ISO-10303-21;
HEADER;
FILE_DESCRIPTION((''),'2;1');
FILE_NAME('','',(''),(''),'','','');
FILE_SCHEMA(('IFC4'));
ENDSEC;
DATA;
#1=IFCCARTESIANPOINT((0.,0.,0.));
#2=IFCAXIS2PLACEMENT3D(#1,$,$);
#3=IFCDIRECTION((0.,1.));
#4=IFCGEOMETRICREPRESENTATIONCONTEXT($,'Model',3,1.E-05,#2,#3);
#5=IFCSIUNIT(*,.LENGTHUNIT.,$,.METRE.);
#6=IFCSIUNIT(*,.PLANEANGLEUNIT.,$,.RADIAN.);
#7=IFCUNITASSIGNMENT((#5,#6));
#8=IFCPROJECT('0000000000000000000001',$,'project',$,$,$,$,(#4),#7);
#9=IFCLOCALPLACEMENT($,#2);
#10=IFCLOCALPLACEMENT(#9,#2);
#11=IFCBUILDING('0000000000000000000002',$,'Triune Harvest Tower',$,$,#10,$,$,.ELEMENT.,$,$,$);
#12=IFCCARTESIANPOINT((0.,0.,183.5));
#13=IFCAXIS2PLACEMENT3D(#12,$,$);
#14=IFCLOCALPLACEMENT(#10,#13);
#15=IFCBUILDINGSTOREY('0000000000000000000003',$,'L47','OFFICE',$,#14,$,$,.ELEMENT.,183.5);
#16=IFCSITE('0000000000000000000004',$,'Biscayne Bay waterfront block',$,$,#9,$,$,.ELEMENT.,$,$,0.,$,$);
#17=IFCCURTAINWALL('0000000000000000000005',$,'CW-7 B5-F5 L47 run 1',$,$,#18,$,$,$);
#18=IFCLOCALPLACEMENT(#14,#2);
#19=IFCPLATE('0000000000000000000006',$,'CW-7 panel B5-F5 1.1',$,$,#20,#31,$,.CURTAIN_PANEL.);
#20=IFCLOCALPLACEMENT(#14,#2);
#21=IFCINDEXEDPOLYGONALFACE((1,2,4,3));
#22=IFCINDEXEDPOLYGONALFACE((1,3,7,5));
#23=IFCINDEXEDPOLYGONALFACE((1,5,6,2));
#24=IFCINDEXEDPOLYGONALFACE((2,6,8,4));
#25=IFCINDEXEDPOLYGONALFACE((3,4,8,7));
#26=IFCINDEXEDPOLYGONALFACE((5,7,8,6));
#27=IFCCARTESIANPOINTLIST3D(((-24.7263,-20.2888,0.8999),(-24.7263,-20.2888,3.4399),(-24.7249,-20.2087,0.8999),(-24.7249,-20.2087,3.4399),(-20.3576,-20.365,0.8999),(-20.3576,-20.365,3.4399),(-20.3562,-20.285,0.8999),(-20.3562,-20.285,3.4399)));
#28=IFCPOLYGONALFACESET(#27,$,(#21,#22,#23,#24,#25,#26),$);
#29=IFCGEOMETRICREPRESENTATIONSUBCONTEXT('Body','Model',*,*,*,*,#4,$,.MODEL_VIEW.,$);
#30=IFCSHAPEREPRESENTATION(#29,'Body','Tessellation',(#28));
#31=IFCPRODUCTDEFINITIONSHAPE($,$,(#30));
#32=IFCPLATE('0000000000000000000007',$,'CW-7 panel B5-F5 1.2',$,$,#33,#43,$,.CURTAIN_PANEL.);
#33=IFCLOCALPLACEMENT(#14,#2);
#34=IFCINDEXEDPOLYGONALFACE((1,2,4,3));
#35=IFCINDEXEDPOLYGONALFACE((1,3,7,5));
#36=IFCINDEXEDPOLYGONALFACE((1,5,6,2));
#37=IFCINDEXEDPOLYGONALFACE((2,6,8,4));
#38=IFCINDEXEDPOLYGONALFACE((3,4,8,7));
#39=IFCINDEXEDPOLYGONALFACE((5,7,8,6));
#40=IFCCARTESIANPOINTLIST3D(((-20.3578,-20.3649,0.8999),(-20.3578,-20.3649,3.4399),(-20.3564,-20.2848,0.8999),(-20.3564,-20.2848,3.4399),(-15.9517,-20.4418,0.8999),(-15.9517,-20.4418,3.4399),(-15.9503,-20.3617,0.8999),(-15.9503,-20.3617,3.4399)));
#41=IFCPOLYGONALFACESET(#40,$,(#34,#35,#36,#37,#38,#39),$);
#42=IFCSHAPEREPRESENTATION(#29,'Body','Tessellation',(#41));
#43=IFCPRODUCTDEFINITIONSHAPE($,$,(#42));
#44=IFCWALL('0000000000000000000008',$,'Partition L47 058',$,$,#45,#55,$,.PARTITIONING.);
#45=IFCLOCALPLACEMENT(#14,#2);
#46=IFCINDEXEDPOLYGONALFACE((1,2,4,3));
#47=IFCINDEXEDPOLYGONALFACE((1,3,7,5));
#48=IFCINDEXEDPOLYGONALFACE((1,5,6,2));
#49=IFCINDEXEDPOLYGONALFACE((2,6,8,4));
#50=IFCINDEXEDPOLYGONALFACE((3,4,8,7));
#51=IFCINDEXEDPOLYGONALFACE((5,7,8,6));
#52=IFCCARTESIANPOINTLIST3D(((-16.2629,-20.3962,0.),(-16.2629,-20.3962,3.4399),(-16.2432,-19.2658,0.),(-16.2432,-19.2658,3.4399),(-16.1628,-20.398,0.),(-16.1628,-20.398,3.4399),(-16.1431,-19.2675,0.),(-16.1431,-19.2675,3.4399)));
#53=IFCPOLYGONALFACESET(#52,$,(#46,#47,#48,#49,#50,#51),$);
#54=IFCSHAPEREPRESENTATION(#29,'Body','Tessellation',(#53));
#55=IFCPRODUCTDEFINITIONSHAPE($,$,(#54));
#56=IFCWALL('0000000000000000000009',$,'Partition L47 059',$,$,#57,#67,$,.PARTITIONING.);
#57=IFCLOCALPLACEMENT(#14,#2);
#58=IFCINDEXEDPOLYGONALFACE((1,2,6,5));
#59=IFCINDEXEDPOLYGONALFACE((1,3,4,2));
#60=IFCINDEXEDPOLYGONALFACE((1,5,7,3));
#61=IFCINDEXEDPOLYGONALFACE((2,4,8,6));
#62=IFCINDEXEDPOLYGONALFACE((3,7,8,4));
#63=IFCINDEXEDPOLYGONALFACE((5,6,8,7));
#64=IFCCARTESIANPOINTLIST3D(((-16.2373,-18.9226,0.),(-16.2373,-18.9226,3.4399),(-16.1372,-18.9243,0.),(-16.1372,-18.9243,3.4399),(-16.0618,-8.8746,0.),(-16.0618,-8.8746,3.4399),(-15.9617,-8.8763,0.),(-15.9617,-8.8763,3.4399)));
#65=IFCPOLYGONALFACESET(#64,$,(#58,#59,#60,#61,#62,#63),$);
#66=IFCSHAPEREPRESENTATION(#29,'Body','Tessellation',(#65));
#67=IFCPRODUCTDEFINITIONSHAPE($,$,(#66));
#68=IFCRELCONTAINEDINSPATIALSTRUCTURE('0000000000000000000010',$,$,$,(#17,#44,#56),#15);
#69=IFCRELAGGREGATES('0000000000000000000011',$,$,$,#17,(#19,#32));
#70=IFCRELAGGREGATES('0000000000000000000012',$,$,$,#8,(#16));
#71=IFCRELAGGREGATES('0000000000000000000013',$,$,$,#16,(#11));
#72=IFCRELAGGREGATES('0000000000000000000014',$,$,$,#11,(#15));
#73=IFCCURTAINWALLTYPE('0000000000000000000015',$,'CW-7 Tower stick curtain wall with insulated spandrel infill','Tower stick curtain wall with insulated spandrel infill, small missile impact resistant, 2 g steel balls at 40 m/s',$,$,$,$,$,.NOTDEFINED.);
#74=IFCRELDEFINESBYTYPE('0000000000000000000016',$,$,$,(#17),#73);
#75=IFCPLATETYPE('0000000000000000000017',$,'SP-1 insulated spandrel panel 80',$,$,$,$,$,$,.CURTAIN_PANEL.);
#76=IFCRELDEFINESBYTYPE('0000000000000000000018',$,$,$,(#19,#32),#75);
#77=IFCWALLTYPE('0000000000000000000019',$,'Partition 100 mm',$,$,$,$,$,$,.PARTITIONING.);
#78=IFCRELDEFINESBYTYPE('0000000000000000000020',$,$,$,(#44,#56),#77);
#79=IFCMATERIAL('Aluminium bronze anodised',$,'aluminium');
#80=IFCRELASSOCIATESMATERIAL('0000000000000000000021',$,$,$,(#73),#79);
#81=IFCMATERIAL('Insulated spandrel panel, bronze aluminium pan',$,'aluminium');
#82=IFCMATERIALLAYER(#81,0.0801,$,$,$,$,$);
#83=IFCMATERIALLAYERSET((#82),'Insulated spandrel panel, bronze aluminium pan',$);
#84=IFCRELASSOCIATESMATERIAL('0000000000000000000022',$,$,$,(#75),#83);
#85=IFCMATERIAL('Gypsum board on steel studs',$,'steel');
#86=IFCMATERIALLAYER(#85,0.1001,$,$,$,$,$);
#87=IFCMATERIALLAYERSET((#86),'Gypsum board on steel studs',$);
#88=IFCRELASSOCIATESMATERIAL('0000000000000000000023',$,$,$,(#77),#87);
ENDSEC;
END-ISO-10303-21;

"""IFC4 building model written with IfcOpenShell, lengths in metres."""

from ifc_helpers import new_model, si_unit, direction, frame, frame_2d, origin, origin_2d, place, context, subcontext, project, spatial, rectangle, extrude, source, transform, mapped, material, layer, layer_set, type_object, element, aggregate, save


model = new_model("IFC4")

# Units and contexts
model_context = context("Model", 3, precision=1e-05, world=origin(), true_north=direction((0.0, 1.0)))
body_context = subcontext(model_context, "Body", "Model", "MODEL_VIEW")
ifc_project = project(units=[si_unit("LENGTHUNIT", "METRE"), si_unit("PLANEANGLEUNIT", "RADIAN")], contexts=[model_context])

# Site, building, storey
site_placement = place(None, origin())
site = spatial("IfcSite", under=ifc_project, at=site_placement, Name="Biscayne Bay waterfront block", CompositionType="ELEMENT", RefElevation=0.0)
building_placement = place(site_placement, origin())
building = spatial("IfcBuilding", under=site, at=building_placement, Name="Triune Harvest Tower", CompositionType="ELEMENT")
storey_placement = place(building_placement, frame((0.0, 0.0, 183.5)))
storey = spatial("IfcBuildingStorey", under=building, at=storey_placement, Name="L47", Description="OFFICE", CompositionType="ELEMENT", Elevation=183.5)

# Curtain wall
ifc_material_1 = material(Name="Aluminium bronze anodised", Category="aluminium")
curtain_wall_type_1 = type_object("IfcCurtainWallType", Name="CW-7 Tower stick curtain wall with insulated spandrel infill", Description="Tower stick curtain wall with insulated spandrel infill, small missile impact resistant, 2 g steel balls at 40 m/s", PredefinedType="NOTDEFINED", material=ifc_material_1)
curtain_wall_1_placement = place(storey_placement, origin())
curtain_wall_1 = element("IfcCurtainWall", 1, at=curtain_wall_1_placement, inside=storey, type_object=curtain_wall_type_1, Name="CW-7 B5-F5 L47 run 1")

# Plates
ifc_material_2 = material(Name="Insulated spandrel panel, bronze aluminium pan", Category="aluminium")
ifc_layer_1 = layer(ifc_material_2, 0.0801)
ifc_layer_set_1 = layer_set([ifc_layer_1], Name="Insulated spandrel panel, bronze aluminium pan")
plate_type_1 = type_object("IfcPlateType", Name="SP-1 insulated spandrel panel 80", PredefinedType="CURTAIN_PANEL", material=ifc_layer_set_1)
shared_shape_1 = source(origin(), body_context, "Body", "SweptSolid", [
    extrude(rectangle(XDim=4.3694, YDim=0.0801, at=origin_2d()), origin(), (0.0, 0.0, 1.0), 2.54),
])
plate_1_placement = place(storey_placement, frame((-22.5413, -20.2869, 0.8999), z_axis=(0.0, 0.0, 1.0), x_axis=(0.999848, -0.017451, 0.0)))
plate_1 = element("IfcPlate", 2, at=plate_1_placement, type_object=plate_type_1, Name="CW-7 panel B5-F5 1.1", PredefinedType="CURTAIN_PANEL", context=body_context, shape_type="MappedRepresentation", body=[
    mapped(shared_shape_1, transform((0.0, 0.0, 0.0), scale=1.0)),
])
shared_shape_2 = source(origin(), body_context, "Body", "SweptSolid", [
    extrude(rectangle(XDim=4.4067, YDim=0.0801, at=origin_2d()), origin(), (0.0, 0.0, 1.0), 2.54),
])
plate_2_placement = place(storey_placement, frame((-18.1541, -20.3633, 0.8999), z_axis=(0.0, 0.0, 1.0), x_axis=(0.999848, -0.017451, 0.0)))
plate_2 = element("IfcPlate", 3, at=plate_2_placement, type_object=plate_type_1, Name="CW-7 panel B5-F5 1.2", PredefinedType="CURTAIN_PANEL", context=body_context, shape_type="MappedRepresentation", body=[
    mapped(shared_shape_2, transform((0.0, 0.0, 0.0), scale=1.0)),
])
aggregate(curtain_wall_1, [plate_1, plate_2])

# Walls
ifc_material_3 = material(Name="Gypsum board on steel studs", Category="steel")
ifc_layer_2 = layer(ifc_material_3, 0.1001)
ifc_layer_set_2 = layer_set([ifc_layer_2], Name="Gypsum board on steel studs")
wall_type = type_object("IfcWallType", Name="Partition 100 mm", PredefinedType="PARTITIONING", material=ifc_layer_set_2)
shared_shape_3 = source(origin(), body_context, "Body", "SweptSolid", [
    extrude(rectangle(XDim=1.1306, YDim=0.1001, at=frame_2d((0.5654, 0.0))), origin(), (0.0, 0.0, 1.0), 3.4399),
])
wall_1_placement = place(storey_placement, frame((-16.2129, -20.3972, 0.0), z_axis=(0.0, 0.0, 1.0), x_axis=(0.017492, 0.999847, 0.0)))
element("IfcWall", 4, at=wall_1_placement, inside=storey, type_object=wall_type, Name="Partition L47 058", PredefinedType="PARTITIONING", context=body_context, shape_type="MappedRepresentation", body=[
    mapped(shared_shape_3, transform((0.0, 0.0, 0.0), scale=1.0)),
])
shared_shape_4 = source(origin(), body_context, "Body", "SweptSolid", [
    extrude(rectangle(XDim=10.0496, YDim=0.1001, at=frame_2d((5.0249, 0.0))), origin(), (0.0, 0.0, 1.0), 3.4399),
])
wall_2_placement = place(storey_placement, frame((-16.1873, -18.9236, 0.0), z_axis=(0.0, 0.0, 1.0), x_axis=(0.017467, 0.999847, 0.0)))
element("IfcWall", 5, at=wall_2_placement, inside=storey, type_object=wall_type, Name="Partition L47 059", PredefinedType="PARTITIONING", context=body_context, shape_type="MappedRepresentation", body=[
    mapped(shared_shape_4, transform((0.0, 0.0, 0.0), scale=1.0)),
])

save(model, "model.ifc")
